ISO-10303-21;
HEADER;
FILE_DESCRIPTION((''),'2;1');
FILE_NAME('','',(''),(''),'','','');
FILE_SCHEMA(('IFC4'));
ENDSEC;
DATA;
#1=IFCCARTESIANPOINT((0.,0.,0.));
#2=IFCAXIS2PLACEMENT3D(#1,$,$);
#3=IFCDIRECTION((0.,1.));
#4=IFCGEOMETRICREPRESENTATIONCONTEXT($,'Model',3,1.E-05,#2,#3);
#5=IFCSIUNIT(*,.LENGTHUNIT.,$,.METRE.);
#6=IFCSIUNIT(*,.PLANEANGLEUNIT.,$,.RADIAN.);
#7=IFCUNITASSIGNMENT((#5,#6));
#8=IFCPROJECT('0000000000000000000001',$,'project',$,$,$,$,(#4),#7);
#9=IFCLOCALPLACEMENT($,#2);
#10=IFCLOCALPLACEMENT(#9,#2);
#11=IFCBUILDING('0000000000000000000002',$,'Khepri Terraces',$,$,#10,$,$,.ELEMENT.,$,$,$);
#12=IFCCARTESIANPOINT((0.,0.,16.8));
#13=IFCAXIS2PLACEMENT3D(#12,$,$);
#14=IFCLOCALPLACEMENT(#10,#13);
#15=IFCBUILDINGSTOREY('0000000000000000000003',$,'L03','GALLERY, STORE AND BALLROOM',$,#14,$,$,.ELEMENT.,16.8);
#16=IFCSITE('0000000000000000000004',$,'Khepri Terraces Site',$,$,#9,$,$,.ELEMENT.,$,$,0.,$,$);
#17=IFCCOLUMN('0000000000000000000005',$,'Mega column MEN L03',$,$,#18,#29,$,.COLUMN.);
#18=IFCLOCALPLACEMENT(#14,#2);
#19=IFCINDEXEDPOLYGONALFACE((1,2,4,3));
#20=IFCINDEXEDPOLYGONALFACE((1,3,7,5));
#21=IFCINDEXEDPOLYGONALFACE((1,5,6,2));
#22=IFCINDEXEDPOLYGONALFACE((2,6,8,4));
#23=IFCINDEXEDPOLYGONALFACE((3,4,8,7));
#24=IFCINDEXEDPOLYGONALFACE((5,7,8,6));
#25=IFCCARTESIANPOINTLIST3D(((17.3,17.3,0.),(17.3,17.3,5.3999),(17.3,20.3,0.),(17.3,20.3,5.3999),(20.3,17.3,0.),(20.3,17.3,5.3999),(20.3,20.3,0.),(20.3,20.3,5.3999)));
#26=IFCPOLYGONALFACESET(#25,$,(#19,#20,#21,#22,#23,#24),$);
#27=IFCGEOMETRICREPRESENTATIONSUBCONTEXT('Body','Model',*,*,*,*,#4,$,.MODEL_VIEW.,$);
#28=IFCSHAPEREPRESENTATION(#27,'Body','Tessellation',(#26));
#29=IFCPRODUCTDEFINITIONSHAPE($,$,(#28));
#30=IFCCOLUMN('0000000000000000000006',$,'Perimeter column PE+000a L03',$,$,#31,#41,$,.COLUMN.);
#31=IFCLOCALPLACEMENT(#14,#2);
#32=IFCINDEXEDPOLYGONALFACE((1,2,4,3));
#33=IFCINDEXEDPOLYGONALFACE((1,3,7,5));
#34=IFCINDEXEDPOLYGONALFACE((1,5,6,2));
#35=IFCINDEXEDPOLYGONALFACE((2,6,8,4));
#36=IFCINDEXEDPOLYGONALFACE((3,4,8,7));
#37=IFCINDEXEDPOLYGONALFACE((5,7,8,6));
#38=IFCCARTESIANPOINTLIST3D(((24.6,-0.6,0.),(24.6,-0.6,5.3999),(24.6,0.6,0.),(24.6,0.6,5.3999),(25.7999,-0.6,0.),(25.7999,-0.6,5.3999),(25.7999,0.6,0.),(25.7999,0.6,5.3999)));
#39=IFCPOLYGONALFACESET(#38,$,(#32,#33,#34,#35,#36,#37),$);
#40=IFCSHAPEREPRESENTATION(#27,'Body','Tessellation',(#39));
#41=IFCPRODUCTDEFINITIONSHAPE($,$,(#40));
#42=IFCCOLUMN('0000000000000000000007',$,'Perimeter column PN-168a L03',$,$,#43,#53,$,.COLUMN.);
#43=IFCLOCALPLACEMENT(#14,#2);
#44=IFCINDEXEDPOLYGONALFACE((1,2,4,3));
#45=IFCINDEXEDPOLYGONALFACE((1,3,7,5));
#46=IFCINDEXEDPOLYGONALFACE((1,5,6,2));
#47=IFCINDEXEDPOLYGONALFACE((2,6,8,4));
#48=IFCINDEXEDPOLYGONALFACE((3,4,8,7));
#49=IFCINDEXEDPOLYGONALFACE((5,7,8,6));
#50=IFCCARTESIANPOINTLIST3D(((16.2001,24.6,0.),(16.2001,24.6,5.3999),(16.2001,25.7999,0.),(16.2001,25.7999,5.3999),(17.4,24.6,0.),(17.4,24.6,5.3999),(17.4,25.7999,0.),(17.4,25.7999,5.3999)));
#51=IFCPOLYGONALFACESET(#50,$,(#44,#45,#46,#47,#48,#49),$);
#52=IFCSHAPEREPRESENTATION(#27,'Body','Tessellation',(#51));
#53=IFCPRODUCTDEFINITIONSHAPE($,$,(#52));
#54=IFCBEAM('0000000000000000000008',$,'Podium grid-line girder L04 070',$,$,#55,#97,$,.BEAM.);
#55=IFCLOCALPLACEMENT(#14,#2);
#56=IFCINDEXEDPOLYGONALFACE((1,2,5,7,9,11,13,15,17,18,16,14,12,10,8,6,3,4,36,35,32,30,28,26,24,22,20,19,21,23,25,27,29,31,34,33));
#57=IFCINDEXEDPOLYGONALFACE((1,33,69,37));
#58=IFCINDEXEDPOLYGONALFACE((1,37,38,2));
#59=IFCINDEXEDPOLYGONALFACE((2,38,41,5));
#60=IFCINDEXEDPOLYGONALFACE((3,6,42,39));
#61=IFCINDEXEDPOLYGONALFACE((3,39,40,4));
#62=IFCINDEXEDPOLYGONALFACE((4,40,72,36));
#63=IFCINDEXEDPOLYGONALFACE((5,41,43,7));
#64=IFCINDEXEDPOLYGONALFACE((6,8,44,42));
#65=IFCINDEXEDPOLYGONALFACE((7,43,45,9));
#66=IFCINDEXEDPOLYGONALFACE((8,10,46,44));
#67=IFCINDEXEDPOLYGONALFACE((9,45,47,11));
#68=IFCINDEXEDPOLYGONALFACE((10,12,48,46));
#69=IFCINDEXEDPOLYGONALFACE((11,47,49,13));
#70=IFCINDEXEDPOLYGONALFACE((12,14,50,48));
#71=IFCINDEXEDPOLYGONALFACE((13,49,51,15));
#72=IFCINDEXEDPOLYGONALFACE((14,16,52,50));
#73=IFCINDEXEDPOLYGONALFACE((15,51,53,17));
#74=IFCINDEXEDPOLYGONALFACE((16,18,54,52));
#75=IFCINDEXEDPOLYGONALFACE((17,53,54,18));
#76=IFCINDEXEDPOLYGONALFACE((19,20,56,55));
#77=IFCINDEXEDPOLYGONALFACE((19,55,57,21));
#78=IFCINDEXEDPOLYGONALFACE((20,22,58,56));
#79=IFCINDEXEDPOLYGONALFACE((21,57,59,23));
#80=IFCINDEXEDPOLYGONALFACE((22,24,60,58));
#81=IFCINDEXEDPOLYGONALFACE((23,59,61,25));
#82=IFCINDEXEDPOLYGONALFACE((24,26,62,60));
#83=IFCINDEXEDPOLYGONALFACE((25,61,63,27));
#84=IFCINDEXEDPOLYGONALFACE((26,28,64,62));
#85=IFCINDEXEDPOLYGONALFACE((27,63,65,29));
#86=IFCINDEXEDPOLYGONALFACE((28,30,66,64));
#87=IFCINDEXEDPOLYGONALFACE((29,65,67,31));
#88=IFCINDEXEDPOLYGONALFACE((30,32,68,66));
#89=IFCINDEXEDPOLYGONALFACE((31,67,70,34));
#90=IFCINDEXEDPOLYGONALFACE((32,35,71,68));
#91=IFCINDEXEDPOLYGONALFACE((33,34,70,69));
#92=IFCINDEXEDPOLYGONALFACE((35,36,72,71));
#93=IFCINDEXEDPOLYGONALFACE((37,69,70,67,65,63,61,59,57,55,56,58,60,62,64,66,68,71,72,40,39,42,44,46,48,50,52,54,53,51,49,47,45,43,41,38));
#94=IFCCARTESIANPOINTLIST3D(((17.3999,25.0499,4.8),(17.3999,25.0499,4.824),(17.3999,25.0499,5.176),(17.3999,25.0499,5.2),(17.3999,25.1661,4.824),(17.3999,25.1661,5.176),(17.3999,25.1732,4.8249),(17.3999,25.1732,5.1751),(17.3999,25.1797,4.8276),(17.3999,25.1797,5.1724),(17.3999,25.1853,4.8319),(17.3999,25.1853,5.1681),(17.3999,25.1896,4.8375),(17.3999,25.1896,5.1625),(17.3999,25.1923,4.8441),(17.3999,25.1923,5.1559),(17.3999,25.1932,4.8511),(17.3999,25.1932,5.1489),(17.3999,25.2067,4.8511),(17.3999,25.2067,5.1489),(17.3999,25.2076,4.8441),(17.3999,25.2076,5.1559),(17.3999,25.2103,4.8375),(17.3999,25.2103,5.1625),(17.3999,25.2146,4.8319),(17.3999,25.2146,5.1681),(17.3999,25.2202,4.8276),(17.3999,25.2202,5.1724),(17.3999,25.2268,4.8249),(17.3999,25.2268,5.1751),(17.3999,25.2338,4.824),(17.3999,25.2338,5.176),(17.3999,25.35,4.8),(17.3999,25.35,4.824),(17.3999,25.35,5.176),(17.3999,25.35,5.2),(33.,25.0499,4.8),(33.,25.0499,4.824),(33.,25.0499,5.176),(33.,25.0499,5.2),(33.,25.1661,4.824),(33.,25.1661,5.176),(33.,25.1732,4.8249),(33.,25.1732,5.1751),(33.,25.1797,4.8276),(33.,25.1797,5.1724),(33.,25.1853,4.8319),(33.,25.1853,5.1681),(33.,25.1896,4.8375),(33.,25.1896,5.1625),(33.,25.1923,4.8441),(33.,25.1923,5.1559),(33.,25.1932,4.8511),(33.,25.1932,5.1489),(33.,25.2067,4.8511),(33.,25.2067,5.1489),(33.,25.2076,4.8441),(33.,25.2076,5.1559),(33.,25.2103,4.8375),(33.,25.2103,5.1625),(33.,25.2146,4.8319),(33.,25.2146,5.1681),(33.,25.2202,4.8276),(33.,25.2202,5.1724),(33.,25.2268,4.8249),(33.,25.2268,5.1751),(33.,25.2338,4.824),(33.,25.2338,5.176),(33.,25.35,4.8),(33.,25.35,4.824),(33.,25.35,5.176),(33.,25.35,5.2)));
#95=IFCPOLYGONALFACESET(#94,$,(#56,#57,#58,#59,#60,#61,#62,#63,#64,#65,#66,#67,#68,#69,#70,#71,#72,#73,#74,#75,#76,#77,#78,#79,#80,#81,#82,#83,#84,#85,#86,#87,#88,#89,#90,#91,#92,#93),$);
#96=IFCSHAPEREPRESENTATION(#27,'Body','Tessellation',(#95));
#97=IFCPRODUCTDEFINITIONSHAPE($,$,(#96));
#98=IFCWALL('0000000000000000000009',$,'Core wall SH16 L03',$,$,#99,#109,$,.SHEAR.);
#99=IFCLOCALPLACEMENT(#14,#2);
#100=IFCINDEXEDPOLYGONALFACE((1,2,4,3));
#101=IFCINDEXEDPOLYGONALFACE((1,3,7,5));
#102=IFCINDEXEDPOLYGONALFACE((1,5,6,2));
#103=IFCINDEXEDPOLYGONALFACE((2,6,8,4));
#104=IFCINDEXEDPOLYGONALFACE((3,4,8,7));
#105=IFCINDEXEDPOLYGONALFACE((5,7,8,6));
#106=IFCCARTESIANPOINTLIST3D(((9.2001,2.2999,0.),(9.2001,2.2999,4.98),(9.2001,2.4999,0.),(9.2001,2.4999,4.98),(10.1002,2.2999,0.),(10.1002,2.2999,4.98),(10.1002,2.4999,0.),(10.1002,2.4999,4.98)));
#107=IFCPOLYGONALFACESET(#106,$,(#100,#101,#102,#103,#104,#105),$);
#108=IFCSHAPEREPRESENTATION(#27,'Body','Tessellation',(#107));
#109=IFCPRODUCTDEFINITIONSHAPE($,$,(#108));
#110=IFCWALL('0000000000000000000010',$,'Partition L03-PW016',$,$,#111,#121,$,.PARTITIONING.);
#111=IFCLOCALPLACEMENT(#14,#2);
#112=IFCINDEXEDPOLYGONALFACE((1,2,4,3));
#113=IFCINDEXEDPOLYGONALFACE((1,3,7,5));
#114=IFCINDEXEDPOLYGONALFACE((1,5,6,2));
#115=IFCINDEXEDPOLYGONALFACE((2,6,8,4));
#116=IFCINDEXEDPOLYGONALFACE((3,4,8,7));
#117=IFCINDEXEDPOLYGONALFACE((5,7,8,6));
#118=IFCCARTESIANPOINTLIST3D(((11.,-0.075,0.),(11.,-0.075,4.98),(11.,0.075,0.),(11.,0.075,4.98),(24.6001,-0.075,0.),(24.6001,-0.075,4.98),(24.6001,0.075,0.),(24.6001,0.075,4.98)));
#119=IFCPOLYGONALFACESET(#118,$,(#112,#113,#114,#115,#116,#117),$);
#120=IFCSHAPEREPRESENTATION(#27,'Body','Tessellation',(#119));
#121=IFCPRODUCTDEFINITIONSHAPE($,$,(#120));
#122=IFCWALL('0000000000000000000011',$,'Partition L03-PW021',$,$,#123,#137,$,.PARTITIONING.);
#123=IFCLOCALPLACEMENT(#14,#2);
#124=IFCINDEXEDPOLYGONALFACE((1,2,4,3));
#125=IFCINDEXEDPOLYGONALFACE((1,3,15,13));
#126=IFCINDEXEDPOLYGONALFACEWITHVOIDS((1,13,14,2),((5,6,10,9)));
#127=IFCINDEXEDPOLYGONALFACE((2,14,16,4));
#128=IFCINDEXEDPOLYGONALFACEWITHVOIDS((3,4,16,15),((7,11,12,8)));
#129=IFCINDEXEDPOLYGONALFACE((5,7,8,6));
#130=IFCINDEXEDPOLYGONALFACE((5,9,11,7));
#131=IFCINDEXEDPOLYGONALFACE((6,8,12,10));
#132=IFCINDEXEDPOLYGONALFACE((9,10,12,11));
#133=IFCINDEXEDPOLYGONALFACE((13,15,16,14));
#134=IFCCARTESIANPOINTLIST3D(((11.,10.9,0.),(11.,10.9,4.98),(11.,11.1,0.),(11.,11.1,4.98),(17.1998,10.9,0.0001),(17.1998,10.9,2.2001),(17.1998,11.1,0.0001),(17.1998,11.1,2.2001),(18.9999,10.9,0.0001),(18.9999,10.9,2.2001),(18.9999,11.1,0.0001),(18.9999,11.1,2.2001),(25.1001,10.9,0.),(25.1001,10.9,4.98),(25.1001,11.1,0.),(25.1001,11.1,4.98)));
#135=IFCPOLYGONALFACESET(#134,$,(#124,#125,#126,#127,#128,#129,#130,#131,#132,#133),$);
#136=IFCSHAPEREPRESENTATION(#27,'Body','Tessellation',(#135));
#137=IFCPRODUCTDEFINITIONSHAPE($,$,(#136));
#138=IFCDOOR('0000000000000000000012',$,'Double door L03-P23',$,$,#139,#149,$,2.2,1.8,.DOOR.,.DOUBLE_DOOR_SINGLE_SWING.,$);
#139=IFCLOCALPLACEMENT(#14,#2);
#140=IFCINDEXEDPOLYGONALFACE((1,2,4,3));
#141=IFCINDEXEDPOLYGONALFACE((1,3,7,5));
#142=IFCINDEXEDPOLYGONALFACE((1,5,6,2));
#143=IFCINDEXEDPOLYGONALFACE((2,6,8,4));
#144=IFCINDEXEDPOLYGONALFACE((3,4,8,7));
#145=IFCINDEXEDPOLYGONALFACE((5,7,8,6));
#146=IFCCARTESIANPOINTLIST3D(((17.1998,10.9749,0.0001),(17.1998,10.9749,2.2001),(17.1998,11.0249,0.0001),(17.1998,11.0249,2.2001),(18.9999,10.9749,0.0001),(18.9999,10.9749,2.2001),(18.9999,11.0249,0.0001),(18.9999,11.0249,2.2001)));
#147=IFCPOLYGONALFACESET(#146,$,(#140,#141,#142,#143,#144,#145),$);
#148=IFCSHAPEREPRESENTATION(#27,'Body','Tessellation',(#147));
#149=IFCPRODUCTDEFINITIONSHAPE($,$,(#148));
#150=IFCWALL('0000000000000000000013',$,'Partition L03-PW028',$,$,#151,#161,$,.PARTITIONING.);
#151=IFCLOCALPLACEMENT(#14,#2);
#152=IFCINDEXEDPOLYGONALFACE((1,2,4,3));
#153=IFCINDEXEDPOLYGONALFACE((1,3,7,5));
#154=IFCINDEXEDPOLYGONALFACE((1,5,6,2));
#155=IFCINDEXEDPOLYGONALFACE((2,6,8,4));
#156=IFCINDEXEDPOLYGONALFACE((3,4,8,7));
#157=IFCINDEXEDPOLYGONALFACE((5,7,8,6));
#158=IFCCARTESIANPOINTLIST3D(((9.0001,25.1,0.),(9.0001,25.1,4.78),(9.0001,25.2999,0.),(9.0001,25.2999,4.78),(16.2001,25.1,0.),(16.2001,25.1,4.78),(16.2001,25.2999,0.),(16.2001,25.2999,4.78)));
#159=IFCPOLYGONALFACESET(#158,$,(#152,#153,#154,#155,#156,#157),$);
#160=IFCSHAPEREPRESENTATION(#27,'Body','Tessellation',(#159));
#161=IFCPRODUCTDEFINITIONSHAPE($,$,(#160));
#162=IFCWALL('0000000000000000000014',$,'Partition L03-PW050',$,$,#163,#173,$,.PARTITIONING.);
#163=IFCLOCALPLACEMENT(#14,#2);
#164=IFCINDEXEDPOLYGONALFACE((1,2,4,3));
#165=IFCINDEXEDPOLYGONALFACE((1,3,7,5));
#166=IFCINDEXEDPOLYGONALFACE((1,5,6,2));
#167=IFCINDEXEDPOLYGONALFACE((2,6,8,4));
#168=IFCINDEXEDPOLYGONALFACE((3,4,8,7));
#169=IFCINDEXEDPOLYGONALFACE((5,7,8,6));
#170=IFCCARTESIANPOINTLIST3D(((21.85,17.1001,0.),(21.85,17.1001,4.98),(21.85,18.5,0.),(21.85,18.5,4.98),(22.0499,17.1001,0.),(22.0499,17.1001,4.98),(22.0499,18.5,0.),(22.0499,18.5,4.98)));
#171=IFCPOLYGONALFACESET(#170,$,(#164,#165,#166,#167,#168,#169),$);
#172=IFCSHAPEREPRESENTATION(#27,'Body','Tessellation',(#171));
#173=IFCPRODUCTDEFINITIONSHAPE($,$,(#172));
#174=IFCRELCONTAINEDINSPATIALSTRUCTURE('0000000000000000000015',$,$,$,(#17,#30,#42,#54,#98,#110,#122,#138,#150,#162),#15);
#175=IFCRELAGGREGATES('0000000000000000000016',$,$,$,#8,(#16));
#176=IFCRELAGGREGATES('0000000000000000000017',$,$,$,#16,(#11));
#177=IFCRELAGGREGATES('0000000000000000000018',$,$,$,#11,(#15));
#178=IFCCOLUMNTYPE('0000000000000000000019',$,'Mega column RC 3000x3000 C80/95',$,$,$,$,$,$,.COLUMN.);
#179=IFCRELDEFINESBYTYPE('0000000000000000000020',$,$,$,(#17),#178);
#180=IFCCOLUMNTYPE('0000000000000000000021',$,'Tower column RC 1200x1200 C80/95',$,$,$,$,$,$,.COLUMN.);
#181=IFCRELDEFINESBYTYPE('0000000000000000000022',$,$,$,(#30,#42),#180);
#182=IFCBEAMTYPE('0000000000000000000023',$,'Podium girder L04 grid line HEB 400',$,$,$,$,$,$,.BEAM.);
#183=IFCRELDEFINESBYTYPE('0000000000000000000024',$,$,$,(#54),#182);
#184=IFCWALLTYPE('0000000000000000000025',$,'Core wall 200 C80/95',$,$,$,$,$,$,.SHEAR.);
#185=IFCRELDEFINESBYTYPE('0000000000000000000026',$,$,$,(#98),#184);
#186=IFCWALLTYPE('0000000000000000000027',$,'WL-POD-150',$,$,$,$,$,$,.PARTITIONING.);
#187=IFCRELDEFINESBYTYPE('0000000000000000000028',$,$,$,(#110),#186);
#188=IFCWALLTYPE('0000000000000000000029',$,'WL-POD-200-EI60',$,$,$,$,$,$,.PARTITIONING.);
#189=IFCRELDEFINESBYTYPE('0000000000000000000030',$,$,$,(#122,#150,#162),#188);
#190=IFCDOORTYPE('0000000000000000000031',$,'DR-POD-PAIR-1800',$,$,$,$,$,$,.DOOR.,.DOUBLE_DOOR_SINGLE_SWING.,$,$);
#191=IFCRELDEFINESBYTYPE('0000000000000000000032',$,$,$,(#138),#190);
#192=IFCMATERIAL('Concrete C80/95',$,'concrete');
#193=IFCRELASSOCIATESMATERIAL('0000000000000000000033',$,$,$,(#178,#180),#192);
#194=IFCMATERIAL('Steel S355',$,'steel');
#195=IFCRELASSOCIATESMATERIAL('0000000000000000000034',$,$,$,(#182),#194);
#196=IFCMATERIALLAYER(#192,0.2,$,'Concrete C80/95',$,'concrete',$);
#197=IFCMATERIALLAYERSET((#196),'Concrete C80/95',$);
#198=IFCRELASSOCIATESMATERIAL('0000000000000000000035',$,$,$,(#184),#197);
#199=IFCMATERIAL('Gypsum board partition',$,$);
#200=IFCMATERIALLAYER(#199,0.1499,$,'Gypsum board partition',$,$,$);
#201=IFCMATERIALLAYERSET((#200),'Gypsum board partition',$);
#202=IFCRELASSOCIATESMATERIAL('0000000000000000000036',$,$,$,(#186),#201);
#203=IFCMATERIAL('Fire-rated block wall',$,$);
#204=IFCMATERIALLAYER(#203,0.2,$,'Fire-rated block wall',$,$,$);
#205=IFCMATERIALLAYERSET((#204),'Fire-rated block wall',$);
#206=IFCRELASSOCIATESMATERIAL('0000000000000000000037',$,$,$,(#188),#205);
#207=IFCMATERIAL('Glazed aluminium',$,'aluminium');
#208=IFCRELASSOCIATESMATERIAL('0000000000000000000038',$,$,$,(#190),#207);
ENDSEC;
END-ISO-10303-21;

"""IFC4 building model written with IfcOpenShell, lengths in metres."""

from ifc_helpers import new_model, si_unit, direction, frame, frame_2d, origin, origin_2d, place, context, subcontext, project, spatial, rectangle, i_section, extrude, material, layer, layer_set, material_profile, profile_set, type_object, element, fill, save


model = new_model("IFC4")

# Units and contexts
model_context = context("Model", 3, precision=1e-05, world=origin(), true_north=direction((0.0, 1.0)))
body_context = subcontext(model_context, "Body", "Model", "MODEL_VIEW")
ifc_project = project(units=[si_unit("LENGTHUNIT", "METRE"), si_unit("PLANEANGLEUNIT", "RADIAN")], contexts=[model_context])

# Site, building, storey
site_placement = place(None, origin())
site = spatial("IfcSite", under=ifc_project, at=site_placement, Name="Khepri Terraces Site", CompositionType="ELEMENT", RefElevation=0.0)
building_placement = place(site_placement, origin())
building = spatial("IfcBuilding", under=site, at=building_placement, Name="Khepri Terraces", CompositionType="ELEMENT")
storey_placement = place(building_placement, frame((0.0, 0.0, 16.8)))
storey = spatial("IfcBuildingStorey", under=building, at=storey_placement, Name="L03", Description="GALLERY, STORE AND BALLROOM", CompositionType="ELEMENT", Elevation=16.8)

# Columns
ifc_material_1 = material(Name="Concrete C80/95", Category="concrete")
ifc_material_profile_1 = material_profile(ifc_material_1, rectangle(XDim=3.0, YDim=3.0, at=origin_2d()), Name="Concrete C80/95", Category="concrete")
ifc_profile_set_1 = profile_set([ifc_material_profile_1], Name="Concrete C80/95")
column_type_1 = type_object("IfcColumnType", Name="Mega column RC 3000x3000 C80/95", PredefinedType="COLUMN", material=ifc_profile_set_1)
column_placement = place(storey_placement, frame((18.8, 18.8, 0.0), z_axis=(0.0, 0.0, 1.0), x_axis=(1.0, 0.0, 0.0)))
element("IfcColumn", 1, at=column_placement, inside=storey, type_object=column_type_1, Name="Mega column MEN L03", PredefinedType="COLUMN", context=body_context, shape_type="SweptSolid", body=[
    extrude(rectangle(XDim=3.0, YDim=3.0, at=origin_2d()), origin(), (0.0, 0.0, 1.0), 5.3999),
])
ifc_material_profile_2 = material_profile(ifc_material_1, rectangle(XDim=1.2, YDim=1.2, at=origin_2d()), Name="Concrete C80/95", Category="concrete")
ifc_profile_set_2 = profile_set([ifc_material_profile_2], Name="Concrete C80/95")
column_type_2 = type_object("IfcColumnType", Name="Tower column RC 1200x1200 C80/95", PredefinedType="COLUMN", material=ifc_profile_set_2)
for number, where, z_axis, x_axis, name in (
    (2, (25.2, 0.0, 0.0), (0.0, 0.0, 1.0), (1.0, 0.0, 0.0), "Perimeter column PE+000a L03"),
    (3, (16.8, 25.2, 0.0), (0.0, 0.0, 1.0), (1.0, 0.0, 0.0), "Perimeter column PN-168a L03"),
):
    element("IfcColumn", number, at=place(storey_placement, frame(where, z_axis=z_axis, x_axis=x_axis)), inside=storey, type_object=column_type_2, Name=name, PredefinedType="COLUMN", context=body_context, shape_type="SweptSolid", body=[
        extrude(rectangle(XDim=1.2, YDim=1.2, at=origin_2d()), origin(), (0.0, 0.0, 1.0), 5.3999),
    ])

# Beam
ifc_material_2 = material(Name="Steel S355", Category="steel")
ifc_material_profile_3 = material_profile(ifc_material_2, i_section(OverallWidth=0.3, OverallDepth=0.3999, WebThickness=0.0134, FlangeThickness=0.0239, FilletRadius=0.0271, at=origin_2d()), Name="Steel S355", Category="steel")
ifc_profile_set_3 = profile_set([ifc_material_profile_3], Name="Steel S355")
beam_type = type_object("IfcBeamType", Name="Podium girder L04 grid line HEB 400", PredefinedType="BEAM", material=ifc_profile_set_3)
beam_placement = place(storey_placement, frame((17.3999, 25.2, 5.0), z_axis=(1.0, 0.0, 0.0), x_axis=(0.0, 1.0, 0.0)))
element("IfcBeam", 4, at=beam_placement, inside=storey, type_object=beam_type, Name="Podium grid-line girder L04 070", PredefinedType="BEAM", context=body_context, shape_type="SweptSolid", body=[
    extrude(i_section(OverallWidth=0.3, OverallDepth=0.3999, WebThickness=0.0134, FlangeThickness=0.0239, FilletRadius=0.0271, at=origin_2d()), origin(), (0.0, 0.0, 1.0), 15.6001),
])

# Walls
ifc_layer_1 = layer(ifc_material_1, 0.2, Name="Concrete C80/95", Category="concrete")
ifc_layer_set_1 = layer_set([ifc_layer_1], Name="Concrete C80/95")
wall_type_1 = type_object("IfcWallType", Name="Core wall 200 C80/95", PredefinedType="SHEAR", material=ifc_layer_set_1)
wall_1_placement = place(storey_placement, frame((9.2, 2.3999, 0.0), z_axis=(0.0, 0.0, 1.0), x_axis=(1.0, 0.0, 0.0)))
element("IfcWall", 5, at=wall_1_placement, inside=storey, type_object=wall_type_1, Name="Core wall SH16 L03", PredefinedType="SHEAR", context=body_context, shape_type="SweptSolid", body=[
    extrude(rectangle(XDim=0.9001, YDim=0.2, at=frame_2d((0.4502, 0.0))), origin(), (0.0, 0.0, 1.0), 4.98),
])
ifc_material_3 = material(Name="Gypsum board partition")
ifc_layer_2 = layer(ifc_material_3, 0.1499, Name="Gypsum board partition")
ifc_layer_set_2 = layer_set([ifc_layer_2], Name="Gypsum board partition")
wall_type_2 = type_object("IfcWallType", Name="WL-POD-150", PredefinedType="PARTITIONING", material=ifc_layer_set_2)
wall_2_placement = place(storey_placement, frame((11.0, 0.0, 0.0), z_axis=(0.0, 0.0, 1.0), x_axis=(1.0, 0.0, 0.0)))
element("IfcWall", 6, at=wall_2_placement, inside=storey, type_object=wall_type_2, Name="Partition L03-PW016", PredefinedType="PARTITIONING", context=body_context, shape_type="SweptSolid", body=[
    extrude(rectangle(XDim=13.6001, YDim=0.1499, at=frame_2d((6.8, 0.0))), origin(), (0.0, 0.0, 1.0), 4.98),
])

# Wall, opening, door
ifc_material_4 = material(Name="Fire-rated block wall")
ifc_layer_3 = layer(ifc_material_4, 0.2, Name="Fire-rated block wall")
ifc_layer_set_3 = layer_set([ifc_layer_3], Name="Fire-rated block wall")
wall_type_3 = type_object("IfcWallType", Name="WL-POD-200-EI60", PredefinedType="PARTITIONING", material=ifc_layer_set_3)
wall_3_placement = place(storey_placement, frame((11.0, 11.0, 0.0), z_axis=(0.0, 0.0, 1.0), x_axis=(1.0, 0.0, 0.0)))
wall_3 = element("IfcWall", 7, at=wall_3_placement, inside=storey, type_object=wall_type_3, Name="Partition L03-PW021", PredefinedType="PARTITIONING", context=body_context, shape_type="SweptSolid", body=[
    extrude(rectangle(XDim=14.1001, YDim=0.2, at=frame_2d((7.05, 0.0))), origin(), (0.0, 0.0, 1.0), 4.98),
])
opening_1_placement = place(wall_3_placement, frame((6.2, 0.0, 0.0)))
opening_1 = element("IfcOpeningElement", 8, at=opening_1_placement, cuts=wall_3, PredefinedType="OPENING", context=body_context, shape_type="SweptSolid", body=[
    extrude(rectangle(XDim=1.8, YDim=2.2, at=frame_2d((0.8999, 1.1001))), frame((0.0, 0.1099, 0.0), z_axis=(0.0, -1.0, 0.0), x_axis=(1.0, 0.0, 0.0)), (0.0, 0.0, 1.0), 0.22),
])
ifc_material_5 = material(Name="Glazed aluminium", Category="aluminium")
door_type_1 = type_object("IfcDoorType", Name="DR-POD-PAIR-1800", OperationType="DOUBLE_DOOR_SINGLE_SWING", PredefinedType="DOOR", material=ifc_material_5)
door_1_placement = place(opening_1_placement, origin())
door_1 = element("IfcDoor", 9, at=door_1_placement, inside=storey, type_object=door_type_1, Name="Double door L03-P23", OperationType="DOUBLE_DOOR_SINGLE_SWING", OverallHeight=2.2, OverallWidth=1.8, PredefinedType="DOOR", context=body_context, shape_type="SweptSolid", body=[
    extrude(rectangle(XDim=1.8, YDim=2.2, at=frame_2d((0.8999, 1.1001))), frame((0.0, 0.0249, 0.0), z_axis=(0.0, -1.0, 0.0), x_axis=(1.0, 0.0, 0.0)), (0.0, 0.0, 1.0), 0.05),
])
fill(opening_1, door_1)

# Walls
wall_4_placement = place(storey_placement, frame((9.0, 25.2, 0.0), z_axis=(0.0, 0.0, 1.0), x_axis=(1.0, 0.0, 0.0)))
element("IfcWall", 10, at=wall_4_placement, inside=storey, type_object=wall_type_3, Name="Partition L03-PW028", PredefinedType="PARTITIONING", context=body_context, shape_type="SweptSolid", body=[
    extrude(rectangle(XDim=7.2, YDim=0.2, at=frame_2d((3.6001, 0.0))), origin(), (0.0, 0.0, 1.0), 4.78),
])
wall_5_placement = place(storey_placement, frame((21.95, 17.1001, 0.0), z_axis=(0.0, 0.0, 1.0), x_axis=(0.0, 1.0, 0.0)))
element("IfcWall", 11, at=wall_5_placement, inside=storey, type_object=wall_type_3, Name="Partition L03-PW050", PredefinedType="PARTITIONING", context=body_context, shape_type="SweptSolid", body=[
    extrude(rectangle(XDim=1.3999, YDim=0.2, at=frame_2d((0.7, 0.0))), origin(), (0.0, 0.0, 1.0), 4.98),
])

save(model, "model.ifc")
